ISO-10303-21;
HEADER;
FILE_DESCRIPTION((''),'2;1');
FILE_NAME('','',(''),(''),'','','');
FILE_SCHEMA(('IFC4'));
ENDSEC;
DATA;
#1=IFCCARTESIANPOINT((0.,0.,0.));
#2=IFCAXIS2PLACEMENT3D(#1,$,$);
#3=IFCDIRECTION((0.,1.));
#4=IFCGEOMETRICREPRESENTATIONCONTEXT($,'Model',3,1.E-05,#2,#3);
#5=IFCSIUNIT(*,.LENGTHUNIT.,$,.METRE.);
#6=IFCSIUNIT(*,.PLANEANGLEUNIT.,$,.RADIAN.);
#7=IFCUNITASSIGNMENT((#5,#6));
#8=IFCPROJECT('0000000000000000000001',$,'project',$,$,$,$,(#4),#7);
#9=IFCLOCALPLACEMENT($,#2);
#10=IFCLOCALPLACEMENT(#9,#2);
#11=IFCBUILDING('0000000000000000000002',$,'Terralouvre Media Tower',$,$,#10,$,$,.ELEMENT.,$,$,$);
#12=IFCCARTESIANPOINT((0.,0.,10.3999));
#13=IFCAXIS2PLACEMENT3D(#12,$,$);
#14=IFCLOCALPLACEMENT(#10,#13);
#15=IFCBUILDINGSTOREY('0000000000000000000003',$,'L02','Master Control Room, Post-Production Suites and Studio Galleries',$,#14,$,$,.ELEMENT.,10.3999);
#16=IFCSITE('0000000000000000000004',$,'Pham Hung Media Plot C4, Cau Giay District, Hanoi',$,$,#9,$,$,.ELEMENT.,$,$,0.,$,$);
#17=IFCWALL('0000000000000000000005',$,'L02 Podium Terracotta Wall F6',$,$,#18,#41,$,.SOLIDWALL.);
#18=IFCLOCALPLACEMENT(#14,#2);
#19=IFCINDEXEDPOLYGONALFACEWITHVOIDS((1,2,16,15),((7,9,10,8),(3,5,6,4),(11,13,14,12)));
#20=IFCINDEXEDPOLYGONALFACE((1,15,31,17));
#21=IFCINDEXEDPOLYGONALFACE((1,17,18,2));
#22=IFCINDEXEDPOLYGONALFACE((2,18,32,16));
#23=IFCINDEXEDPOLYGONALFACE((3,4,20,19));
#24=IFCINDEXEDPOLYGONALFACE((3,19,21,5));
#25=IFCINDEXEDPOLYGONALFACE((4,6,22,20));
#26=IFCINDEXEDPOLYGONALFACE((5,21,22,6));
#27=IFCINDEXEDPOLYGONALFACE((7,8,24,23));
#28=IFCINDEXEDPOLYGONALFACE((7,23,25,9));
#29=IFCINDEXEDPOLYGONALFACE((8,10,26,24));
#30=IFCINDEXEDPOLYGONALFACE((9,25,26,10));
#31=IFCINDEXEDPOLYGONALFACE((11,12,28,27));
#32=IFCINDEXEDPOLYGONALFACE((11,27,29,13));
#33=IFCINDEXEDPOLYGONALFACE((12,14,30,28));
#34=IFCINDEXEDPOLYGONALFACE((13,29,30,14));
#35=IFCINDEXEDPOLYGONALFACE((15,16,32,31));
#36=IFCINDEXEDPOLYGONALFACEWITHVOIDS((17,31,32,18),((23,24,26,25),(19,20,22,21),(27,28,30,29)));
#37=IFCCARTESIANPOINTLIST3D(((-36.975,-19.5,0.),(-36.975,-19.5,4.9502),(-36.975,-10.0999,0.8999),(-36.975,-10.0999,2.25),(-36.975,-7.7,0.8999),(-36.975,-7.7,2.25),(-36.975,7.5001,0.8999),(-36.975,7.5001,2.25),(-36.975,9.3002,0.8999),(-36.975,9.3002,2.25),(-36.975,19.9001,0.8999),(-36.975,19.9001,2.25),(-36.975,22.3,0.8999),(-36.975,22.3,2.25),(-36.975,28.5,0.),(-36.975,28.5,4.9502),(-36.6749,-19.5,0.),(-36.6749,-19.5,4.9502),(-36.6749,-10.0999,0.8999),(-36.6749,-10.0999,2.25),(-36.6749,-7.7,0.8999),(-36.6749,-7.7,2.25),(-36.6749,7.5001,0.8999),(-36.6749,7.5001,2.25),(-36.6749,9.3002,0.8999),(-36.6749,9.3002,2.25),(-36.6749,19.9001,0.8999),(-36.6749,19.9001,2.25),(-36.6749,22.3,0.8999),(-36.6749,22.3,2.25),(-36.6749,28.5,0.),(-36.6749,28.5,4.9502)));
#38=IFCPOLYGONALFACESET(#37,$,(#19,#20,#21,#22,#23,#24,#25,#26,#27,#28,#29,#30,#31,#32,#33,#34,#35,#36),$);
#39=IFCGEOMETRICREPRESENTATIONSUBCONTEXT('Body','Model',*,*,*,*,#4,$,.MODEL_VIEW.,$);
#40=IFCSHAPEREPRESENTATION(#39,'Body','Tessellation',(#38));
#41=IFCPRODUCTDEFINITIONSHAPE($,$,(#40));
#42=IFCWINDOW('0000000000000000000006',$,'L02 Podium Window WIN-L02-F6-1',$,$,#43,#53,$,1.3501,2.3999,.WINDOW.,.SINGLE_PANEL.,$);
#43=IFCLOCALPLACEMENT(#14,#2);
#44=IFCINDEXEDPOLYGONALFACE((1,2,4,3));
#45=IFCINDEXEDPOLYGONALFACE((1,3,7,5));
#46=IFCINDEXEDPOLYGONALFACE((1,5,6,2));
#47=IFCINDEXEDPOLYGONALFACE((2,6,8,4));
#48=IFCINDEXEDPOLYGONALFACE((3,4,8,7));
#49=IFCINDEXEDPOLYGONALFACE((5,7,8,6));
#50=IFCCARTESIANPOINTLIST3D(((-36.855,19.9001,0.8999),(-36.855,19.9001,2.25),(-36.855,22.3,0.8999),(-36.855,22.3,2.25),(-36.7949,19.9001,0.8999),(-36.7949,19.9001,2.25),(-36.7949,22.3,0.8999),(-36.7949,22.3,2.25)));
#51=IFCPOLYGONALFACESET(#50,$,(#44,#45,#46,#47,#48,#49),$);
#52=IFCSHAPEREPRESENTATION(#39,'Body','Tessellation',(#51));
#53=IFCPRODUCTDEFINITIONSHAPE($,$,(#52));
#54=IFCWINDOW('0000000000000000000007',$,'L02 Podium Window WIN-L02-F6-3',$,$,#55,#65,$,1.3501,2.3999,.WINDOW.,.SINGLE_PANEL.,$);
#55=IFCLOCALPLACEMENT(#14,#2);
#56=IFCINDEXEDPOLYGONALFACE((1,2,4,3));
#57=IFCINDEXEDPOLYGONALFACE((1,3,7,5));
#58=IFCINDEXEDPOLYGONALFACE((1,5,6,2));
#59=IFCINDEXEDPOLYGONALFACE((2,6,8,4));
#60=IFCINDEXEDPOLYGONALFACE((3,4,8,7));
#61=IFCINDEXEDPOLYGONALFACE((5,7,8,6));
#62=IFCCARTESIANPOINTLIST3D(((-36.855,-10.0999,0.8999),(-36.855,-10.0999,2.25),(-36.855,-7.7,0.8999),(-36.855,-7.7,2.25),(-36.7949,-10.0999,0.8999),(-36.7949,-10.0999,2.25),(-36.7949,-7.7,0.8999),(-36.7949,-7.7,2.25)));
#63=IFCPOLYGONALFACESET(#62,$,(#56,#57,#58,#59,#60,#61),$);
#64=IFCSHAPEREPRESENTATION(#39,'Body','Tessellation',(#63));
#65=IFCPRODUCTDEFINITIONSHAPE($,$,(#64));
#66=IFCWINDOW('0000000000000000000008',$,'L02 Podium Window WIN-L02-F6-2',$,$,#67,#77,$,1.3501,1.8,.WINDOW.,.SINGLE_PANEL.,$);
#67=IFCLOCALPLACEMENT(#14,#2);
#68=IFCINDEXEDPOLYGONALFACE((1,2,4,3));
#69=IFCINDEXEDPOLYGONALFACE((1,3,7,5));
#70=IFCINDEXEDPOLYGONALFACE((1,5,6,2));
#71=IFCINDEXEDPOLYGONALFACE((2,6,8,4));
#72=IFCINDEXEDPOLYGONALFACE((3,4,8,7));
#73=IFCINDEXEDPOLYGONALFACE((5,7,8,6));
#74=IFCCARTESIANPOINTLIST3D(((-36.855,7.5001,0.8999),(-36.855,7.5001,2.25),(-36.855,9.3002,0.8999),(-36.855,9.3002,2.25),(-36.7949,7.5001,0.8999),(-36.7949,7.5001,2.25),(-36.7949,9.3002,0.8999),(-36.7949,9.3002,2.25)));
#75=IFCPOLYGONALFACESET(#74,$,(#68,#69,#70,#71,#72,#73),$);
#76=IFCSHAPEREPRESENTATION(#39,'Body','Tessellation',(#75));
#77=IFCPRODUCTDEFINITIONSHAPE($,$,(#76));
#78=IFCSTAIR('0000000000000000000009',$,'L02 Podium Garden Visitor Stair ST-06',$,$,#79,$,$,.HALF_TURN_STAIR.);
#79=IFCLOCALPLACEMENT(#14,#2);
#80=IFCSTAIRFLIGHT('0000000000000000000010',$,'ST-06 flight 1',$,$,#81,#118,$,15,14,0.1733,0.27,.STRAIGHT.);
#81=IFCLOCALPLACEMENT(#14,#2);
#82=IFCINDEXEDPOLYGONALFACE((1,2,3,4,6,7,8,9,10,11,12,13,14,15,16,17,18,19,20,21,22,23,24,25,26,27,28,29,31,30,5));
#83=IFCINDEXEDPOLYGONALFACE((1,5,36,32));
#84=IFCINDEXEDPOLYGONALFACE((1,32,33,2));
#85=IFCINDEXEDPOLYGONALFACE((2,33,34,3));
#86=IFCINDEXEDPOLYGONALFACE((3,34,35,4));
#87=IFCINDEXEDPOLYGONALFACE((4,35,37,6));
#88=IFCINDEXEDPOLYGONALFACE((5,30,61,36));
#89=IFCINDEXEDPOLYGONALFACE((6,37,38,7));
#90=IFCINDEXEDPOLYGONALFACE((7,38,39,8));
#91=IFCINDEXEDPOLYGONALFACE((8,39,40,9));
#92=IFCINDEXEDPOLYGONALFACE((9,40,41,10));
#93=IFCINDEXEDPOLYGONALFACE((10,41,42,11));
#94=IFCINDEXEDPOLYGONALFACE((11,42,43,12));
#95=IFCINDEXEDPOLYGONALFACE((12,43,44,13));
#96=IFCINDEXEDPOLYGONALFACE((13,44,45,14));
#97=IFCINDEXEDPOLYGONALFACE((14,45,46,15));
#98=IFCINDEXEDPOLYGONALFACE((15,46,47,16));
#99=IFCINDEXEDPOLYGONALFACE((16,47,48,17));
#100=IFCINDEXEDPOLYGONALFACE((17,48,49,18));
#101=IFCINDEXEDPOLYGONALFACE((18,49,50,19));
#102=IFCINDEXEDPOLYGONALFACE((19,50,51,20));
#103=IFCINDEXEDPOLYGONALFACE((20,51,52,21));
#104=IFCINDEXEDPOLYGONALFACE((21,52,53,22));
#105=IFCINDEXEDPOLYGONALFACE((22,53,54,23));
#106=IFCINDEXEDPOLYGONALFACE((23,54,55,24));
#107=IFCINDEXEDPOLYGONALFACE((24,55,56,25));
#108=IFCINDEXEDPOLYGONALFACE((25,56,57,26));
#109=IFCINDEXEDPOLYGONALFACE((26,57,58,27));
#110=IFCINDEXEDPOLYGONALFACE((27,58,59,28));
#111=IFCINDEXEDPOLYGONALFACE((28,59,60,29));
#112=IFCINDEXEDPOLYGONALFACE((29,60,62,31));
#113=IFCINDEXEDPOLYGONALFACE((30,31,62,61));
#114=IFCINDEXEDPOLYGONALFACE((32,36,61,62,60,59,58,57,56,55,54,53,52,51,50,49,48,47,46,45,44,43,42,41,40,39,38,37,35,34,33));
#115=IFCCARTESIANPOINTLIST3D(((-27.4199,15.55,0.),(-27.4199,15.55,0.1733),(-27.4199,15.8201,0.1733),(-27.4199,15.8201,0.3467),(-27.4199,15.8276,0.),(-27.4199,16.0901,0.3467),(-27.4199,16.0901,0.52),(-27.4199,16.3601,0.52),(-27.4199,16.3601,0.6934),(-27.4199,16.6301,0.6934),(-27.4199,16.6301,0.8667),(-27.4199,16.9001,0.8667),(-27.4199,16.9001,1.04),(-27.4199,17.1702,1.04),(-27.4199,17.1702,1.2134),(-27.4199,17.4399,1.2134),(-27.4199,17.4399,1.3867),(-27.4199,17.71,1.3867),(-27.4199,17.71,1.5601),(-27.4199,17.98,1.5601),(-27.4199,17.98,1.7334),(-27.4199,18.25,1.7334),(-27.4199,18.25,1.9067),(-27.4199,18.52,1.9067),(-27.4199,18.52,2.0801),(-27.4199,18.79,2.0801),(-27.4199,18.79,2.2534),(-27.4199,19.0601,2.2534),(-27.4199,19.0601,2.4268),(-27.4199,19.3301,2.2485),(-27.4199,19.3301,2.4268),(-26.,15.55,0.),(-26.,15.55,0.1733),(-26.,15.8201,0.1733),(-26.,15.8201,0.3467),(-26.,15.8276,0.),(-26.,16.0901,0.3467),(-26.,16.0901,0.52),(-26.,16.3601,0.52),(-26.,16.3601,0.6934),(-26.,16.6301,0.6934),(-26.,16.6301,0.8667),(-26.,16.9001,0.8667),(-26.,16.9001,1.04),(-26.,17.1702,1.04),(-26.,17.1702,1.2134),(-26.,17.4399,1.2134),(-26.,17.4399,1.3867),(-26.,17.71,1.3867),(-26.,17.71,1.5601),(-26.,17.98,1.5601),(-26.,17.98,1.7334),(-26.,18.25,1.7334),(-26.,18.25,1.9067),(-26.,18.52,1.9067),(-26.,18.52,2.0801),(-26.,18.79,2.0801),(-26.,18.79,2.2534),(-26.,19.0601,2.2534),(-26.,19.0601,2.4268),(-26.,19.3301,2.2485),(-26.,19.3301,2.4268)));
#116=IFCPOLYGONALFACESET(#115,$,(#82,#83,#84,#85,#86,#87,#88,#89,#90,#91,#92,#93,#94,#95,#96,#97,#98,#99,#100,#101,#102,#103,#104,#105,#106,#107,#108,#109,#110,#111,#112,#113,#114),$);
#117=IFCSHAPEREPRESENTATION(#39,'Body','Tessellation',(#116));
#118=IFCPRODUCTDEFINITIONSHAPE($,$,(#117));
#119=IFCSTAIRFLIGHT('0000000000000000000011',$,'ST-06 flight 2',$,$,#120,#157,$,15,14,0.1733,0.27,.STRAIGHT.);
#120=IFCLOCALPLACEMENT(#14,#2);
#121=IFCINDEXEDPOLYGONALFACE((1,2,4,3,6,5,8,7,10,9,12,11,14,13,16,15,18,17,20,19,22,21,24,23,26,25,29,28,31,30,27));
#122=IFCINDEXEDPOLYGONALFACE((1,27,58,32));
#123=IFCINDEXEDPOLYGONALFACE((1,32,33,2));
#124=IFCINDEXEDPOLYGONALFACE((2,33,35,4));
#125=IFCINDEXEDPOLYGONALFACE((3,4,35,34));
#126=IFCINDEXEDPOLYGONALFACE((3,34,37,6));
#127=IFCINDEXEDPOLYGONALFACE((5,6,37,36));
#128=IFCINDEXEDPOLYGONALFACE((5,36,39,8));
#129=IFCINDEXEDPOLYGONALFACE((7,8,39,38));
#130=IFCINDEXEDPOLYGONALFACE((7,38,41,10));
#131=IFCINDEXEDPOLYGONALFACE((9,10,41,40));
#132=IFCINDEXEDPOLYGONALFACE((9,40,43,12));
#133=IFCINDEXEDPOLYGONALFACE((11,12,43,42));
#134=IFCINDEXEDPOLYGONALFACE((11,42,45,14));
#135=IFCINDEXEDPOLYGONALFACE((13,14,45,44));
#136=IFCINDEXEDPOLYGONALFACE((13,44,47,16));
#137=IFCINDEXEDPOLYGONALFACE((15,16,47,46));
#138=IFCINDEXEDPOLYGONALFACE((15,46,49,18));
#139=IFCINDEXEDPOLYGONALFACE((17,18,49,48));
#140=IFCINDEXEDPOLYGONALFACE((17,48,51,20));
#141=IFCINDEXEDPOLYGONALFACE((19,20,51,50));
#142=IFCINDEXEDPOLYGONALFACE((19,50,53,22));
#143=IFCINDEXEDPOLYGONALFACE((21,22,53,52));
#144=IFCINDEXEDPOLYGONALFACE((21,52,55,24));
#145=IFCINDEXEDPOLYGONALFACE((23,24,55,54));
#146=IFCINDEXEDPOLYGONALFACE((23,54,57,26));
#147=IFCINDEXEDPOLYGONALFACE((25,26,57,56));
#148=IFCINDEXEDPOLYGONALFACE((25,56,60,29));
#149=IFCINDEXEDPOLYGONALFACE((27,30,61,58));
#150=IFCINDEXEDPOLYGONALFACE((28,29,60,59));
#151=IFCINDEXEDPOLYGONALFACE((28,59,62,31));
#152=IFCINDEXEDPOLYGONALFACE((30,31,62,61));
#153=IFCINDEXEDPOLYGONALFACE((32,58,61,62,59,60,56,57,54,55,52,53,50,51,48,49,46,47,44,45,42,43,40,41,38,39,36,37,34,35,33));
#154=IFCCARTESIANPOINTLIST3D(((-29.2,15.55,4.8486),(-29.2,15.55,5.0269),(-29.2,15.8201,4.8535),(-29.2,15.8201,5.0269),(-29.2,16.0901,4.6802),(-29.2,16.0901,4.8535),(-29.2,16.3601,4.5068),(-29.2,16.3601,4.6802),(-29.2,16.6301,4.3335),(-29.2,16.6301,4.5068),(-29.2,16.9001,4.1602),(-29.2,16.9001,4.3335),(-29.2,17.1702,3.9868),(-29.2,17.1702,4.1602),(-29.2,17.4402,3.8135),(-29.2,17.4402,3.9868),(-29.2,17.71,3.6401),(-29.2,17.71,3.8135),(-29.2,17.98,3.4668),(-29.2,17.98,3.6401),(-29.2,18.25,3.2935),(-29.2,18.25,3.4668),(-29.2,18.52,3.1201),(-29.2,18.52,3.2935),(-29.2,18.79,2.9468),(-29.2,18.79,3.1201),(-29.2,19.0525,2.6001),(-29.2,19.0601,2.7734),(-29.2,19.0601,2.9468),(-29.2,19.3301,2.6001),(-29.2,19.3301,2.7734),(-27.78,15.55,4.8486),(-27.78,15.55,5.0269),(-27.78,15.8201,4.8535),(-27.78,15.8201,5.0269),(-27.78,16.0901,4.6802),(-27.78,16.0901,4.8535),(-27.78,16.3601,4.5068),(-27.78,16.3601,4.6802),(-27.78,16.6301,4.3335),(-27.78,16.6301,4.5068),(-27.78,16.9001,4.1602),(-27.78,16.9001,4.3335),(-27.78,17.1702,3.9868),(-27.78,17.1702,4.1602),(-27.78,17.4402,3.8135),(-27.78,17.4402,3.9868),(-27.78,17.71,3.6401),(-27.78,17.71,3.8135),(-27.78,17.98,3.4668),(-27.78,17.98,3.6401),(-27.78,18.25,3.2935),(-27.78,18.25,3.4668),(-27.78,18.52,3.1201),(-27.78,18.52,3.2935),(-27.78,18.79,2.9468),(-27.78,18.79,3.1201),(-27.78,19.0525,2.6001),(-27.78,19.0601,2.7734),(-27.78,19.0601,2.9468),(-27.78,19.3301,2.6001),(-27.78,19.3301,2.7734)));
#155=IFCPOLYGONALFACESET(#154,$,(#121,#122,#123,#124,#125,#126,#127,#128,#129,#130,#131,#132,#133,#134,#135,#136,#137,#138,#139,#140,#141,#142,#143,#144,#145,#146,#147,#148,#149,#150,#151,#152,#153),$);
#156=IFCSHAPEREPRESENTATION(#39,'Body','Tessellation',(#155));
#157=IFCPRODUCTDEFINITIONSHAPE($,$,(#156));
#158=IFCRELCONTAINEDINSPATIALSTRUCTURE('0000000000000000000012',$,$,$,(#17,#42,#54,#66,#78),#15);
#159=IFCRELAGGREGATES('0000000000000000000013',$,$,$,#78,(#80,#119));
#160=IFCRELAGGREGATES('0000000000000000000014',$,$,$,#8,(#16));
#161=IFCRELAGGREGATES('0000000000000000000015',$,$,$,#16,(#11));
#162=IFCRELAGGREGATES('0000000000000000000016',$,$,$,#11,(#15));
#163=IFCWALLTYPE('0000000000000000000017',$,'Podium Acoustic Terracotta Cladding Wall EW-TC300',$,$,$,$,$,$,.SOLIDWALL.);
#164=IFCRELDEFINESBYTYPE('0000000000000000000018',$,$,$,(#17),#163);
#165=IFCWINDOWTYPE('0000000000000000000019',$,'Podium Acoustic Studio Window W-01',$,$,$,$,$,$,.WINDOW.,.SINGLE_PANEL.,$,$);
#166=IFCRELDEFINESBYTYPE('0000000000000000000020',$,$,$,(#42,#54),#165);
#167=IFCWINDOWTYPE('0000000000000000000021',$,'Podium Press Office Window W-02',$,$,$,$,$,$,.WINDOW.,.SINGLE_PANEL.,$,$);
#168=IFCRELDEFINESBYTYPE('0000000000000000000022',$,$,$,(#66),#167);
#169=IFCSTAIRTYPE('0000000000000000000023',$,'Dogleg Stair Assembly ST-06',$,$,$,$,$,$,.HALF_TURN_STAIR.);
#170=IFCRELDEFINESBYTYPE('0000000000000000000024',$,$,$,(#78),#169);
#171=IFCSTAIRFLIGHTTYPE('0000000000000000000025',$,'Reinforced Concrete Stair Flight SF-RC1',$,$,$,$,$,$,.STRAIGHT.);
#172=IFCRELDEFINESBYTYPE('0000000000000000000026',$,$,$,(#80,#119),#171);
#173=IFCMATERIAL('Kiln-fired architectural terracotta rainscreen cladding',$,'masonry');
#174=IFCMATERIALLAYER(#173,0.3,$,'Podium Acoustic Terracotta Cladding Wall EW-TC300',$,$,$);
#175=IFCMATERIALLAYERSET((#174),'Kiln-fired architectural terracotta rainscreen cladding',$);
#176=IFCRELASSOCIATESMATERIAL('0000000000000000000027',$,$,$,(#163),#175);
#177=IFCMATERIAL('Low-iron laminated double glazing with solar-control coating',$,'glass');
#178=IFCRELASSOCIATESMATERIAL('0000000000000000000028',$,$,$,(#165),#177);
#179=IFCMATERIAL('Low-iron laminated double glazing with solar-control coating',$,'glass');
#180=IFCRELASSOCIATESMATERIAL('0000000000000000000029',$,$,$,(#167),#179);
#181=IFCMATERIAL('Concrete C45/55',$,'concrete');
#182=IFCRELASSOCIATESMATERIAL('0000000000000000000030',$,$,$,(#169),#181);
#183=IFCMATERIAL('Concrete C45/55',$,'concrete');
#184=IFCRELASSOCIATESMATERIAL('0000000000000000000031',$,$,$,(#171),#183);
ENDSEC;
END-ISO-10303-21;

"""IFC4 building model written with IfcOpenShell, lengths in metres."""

from ifc_helpers import new_model, si_unit, direction, frame, frame_2d, origin, place, context, subcontext, project, spatial, polyline, rectangle, outline, extrude, material, layer, layer_set, type_object, element, fill, aggregate, save


model = new_model("IFC4")

# Units and contexts
model_context = context("Model", 3, precision=1e-05, world=origin(), true_north=direction((0.0, 1.0)))
body_context = subcontext(model_context, "Body", "Model", "MODEL_VIEW")
ifc_project = project(units=[si_unit("LENGTHUNIT", "METRE"), si_unit("PLANEANGLEUNIT", "RADIAN")], contexts=[model_context])

# Site, building, storey
site_placement = place(None, origin())
site = spatial("IfcSite", under=ifc_project, at=site_placement, Name="Pham Hung Media Plot C4, Cau Giay District, Hanoi", CompositionType="ELEMENT", RefElevation=0.0)
building_placement = place(site_placement, origin())
building = spatial("IfcBuilding", under=site, at=building_placement, Name="Terralouvre Media Tower", CompositionType="ELEMENT")
storey_placement = place(building_placement, frame((0.0, 0.0, 10.3999)))
storey = spatial("IfcBuildingStorey", under=building, at=storey_placement, Name="L02", Description="Master Control Room, Post-Production Suites and Studio Galleries", CompositionType="ELEMENT", Elevation=10.3999)

# Shared definitions
ifc_material_1 = material(Name="Kiln-fired architectural terracotta rainscreen cladding", Category="masonry")
ifc_layer_1 = layer(ifc_material_1, 0.3, Name="Podium Acoustic Terracotta Cladding Wall EW-TC300")
ifc_layer_set_1 = layer_set([ifc_layer_1], Name="Kiln-fired architectural terracotta rainscreen cladding")
wall_type_1 = type_object("IfcWallType", Name="Podium Acoustic Terracotta Cladding Wall EW-TC300", PredefinedType="SOLIDWALL", material=ifc_layer_set_1)

# Wall, openings, windows
wall_1_placement = place(storey_placement, frame((-36.825, 28.5, 0.0), z_axis=(0.0, 0.0, 1.0), x_axis=(0.0, -1.0, 0.0)))
wall_1 = element("IfcWall", 1, at=wall_1_placement, inside=storey, type_object=wall_type_1, Name="L02 Podium Terracotta Wall F6", PredefinedType="SOLIDWALL", context=body_context, shape_type="SweptSolid", body=[
    extrude(rectangle(XDim=48.0, YDim=0.3, at=frame_2d((24.0, 0.0))), origin(), (0.0, 0.0, 1.0), 4.9502),
])
opening_1_placement = place(wall_1_placement, frame((6.2, 0.0, 0.8999)))
opening_1 = element("IfcOpeningElement", 2, at=opening_1_placement, cuts=wall_1, PredefinedType="OPENING", context=body_context, shape_type="SweptSolid", body=[
    extrude(rectangle(XDim=2.3999, YDim=1.3501, at=frame_2d((1.2, 0.675))), frame((0.0, 0.1599, 0.0), z_axis=(0.0, -1.0, 0.0), x_axis=(1.0, 0.0, 0.0)), (0.0, 0.0, 1.0), 0.3201),
])
opening_2_placement = place(wall_1_placement, frame((19.2, 0.0, 0.8999)))
opening_2 = element("IfcOpeningElement", 3, at=opening_2_placement, cuts=wall_1, PredefinedType="OPENING", context=body_context, shape_type="SweptSolid", body=[
    extrude(rectangle(XDim=1.8, YDim=1.3501, at=frame_2d((0.8999, 0.675))), frame((0.0, 0.1599, 0.0), z_axis=(0.0, -1.0, 0.0), x_axis=(1.0, 0.0, 0.0)), (0.0, 0.0, 1.0), 0.3201),
])
opening_3_placement = place(wall_1_placement, frame((36.2, 0.0, 0.8999)))
opening_3 = element("IfcOpeningElement", 4, at=opening_3_placement, cuts=wall_1, PredefinedType="OPENING", context=body_context, shape_type="SweptSolid", body=[
    extrude(rectangle(XDim=2.3999, YDim=1.3501, at=frame_2d((1.2, 0.675))), frame((0.0, 0.1599, 0.0), z_axis=(0.0, -1.0, 0.0), x_axis=(1.0, 0.0, 0.0)), (0.0, 0.0, 1.0), 0.3201),
])
ifc_material_2 = material(Name="Low-iron laminated double glazing with solar-control coating", Category="glass")
window_type_1 = type_object("IfcWindowType", Name="Podium Acoustic Studio Window W-01", PartitioningType="SINGLE_PANEL", PredefinedType="WINDOW", material=ifc_material_2)
window_1_placement = place(opening_1_placement, origin())
window_1 = element("IfcWindow", 5, at=window_1_placement, inside=storey, type_object=window_type_1, Name="L02 Podium Window WIN-L02-F6-1", OverallHeight=1.3501, OverallWidth=2.3999, PartitioningType="SINGLE_PANEL", PredefinedType="WINDOW", context=body_context, shape_type="SweptSolid", body=[
    extrude(rectangle(XDim=2.3999, YDim=1.3501, at=frame_2d((1.2, 0.675))), frame((0.0, 0.03, 0.0), z_axis=(0.0, -1.0, 0.0), x_axis=(1.0, 0.0, 0.0)), (0.0, 0.0, 1.0), 0.0601),
])
fill(opening_1, window_1)
window_2_placement = place(opening_3_placement, origin())
window_2 = element("IfcWindow", 6, at=window_2_placement, inside=storey, type_object=window_type_1, Name="L02 Podium Window WIN-L02-F6-3", OverallHeight=1.3501, OverallWidth=2.3999, PartitioningType="SINGLE_PANEL", PredefinedType="WINDOW", context=body_context, shape_type="SweptSolid", body=[
    extrude(rectangle(XDim=2.3999, YDim=1.3501, at=frame_2d((1.2, 0.675))), frame((0.0, 0.03, 0.0), z_axis=(0.0, -1.0, 0.0), x_axis=(1.0, 0.0, 0.0)), (0.0, 0.0, 1.0), 0.0601),
])
fill(opening_3, window_2)
ifc_material_3 = material(Name="Low-iron laminated double glazing with solar-control coating", Category="glass")
window_type_2 = type_object("IfcWindowType", Name="Podium Press Office Window W-02", PartitioningType="SINGLE_PANEL", PredefinedType="WINDOW", material=ifc_material_3)
window_3_placement = place(opening_2_placement, origin())
window_3 = element("IfcWindow", 7, at=window_3_placement, inside=storey, type_object=window_type_2, Name="L02 Podium Window WIN-L02-F6-2", OverallHeight=1.3501, OverallWidth=1.8, PartitioningType="SINGLE_PANEL", PredefinedType="WINDOW", context=body_context, shape_type="SweptSolid", body=[
    extrude(rectangle(XDim=1.8, YDim=1.3501, at=frame_2d((0.8999, 0.675))), frame((0.0, 0.03, 0.0), z_axis=(0.0, -1.0, 0.0), x_axis=(1.0, 0.0, 0.0)), (0.0, 0.0, 1.0), 0.0601),
])
fill(opening_2, window_3)

# Stair, stair flights
ifc_material_4 = material(Name="Concrete C45/55", Category="concrete")
stair_type = type_object("IfcStairType", Name="Dogleg Stair Assembly ST-06", PredefinedType="HALF_TURN_STAIR", material=ifc_material_4)
stair_placement = place(storey_placement, origin())
stair = element("IfcStair", 8, at=stair_placement, inside=storey, type_object=stair_type, Name="L02 Podium Garden Visitor Stair ST-06", PredefinedType="HALF_TURN_STAIR")
ifc_material_5 = material(Name="Concrete C45/55", Category="concrete")
stair_flight_type = type_object("IfcStairFlightType", Name="Reinforced Concrete Stair Flight SF-RC1", PredefinedType="STRAIGHT", material=ifc_material_5)
stair_flight_1_placement = place(storey_placement, frame((-26.71, 15.55, 0.0), z_axis=(0.0, 0.0, 1.0), x_axis=(0.0, 1.0, 0.0)))
stair_flight_1 = element("IfcStairFlight", 9, at=stair_flight_1_placement, type_object=stair_flight_type, Name="ST-06 flight 1", NumberOfRisers=15, NumberOfTreads=14, PredefinedType="STRAIGHT", RiserHeight=0.1733, TreadLength=0.27, context=body_context, shape_type="SweptSolid", body=[
    extrude(outline(polyline([(0.0, 0.0), (0.0, 0.1733), (0.27, 0.1733), (0.27, 0.3467), (0.54, 0.3467), (0.54, 0.52), (0.8101, 0.52), (0.8101, 0.6934), (1.0801, 0.6934), (1.0801, 0.8667), (1.3501, 0.8667), (1.3501, 1.04), (1.6201, 1.04), (1.6201, 1.2134), (1.8899, 1.2134), (1.8899, 1.3867), (2.1599, 1.3867), (2.1599, 1.5601), (2.4299, 1.5601), (2.4299, 1.7334), (2.7, 1.7334), (2.7, 1.9067), (2.97, 1.9067), (2.97, 2.0801), (3.24, 2.0801), (3.24, 2.2534), (3.51, 2.2534), (3.51, 2.4268), (3.78, 2.4268), (3.78, 2.6001), (3.78, 2.2485), (0.2776, 0.0), (0.0, 0.0)])), frame((0.0, 0.71, 0.0), z_axis=(0.0, -1.0, 0.0), x_axis=(1.0, 0.0, 0.0)), (0.0, 0.0, 1.0), 1.4199),
])
stair_flight_2_placement = place(storey_placement, frame((-28.49, 19.3301, 2.6001), z_axis=(0.0, 0.0, 1.0), x_axis=(0.0, -1.0, 0.0)))
stair_flight_2 = element("IfcStairFlight", 10, at=stair_flight_2_placement, type_object=stair_flight_type, Name="ST-06 flight 2", NumberOfRisers=15, NumberOfTreads=14, PredefinedType="STRAIGHT", RiserHeight=0.1733, TreadLength=0.27, context=body_context, shape_type="SweptSolid", body=[
    extrude(outline(polyline([(0.0, 0.0), (0.0, 0.1733), (0.27, 0.1733), (0.27, 0.3467), (0.54, 0.3467), (0.54, 0.52), (0.8101, 0.52), (0.8101, 0.6934), (1.0801, 0.6934), (1.0801, 0.8667), (1.3501, 0.8667), (1.3501, 1.04), (1.6201, 1.04), (1.6201, 1.2134), (1.8899, 1.2134), (1.8899, 1.3867), (2.1599, 1.3867), (2.1599, 1.5601), (2.4299, 1.5601), (2.4299, 1.7334), (2.7, 1.7334), (2.7, 1.9067), (2.97, 1.9067), (2.97, 2.0801), (3.24, 2.0801), (3.24, 2.2534), (3.51, 2.2534), (3.51, 2.4268), (3.78, 2.4268), (3.78, 2.6001), (3.78, 2.2485), (0.2776, 0.0), (0.0, 0.0)])), frame((0.0, 0.71, 0.0), z_axis=(0.0, -1.0, 0.0), x_axis=(1.0, 0.0, 0.0)), (0.0, 0.0, 1.0), 1.4199),
])
aggregate(stair, [stair_flight_1, stair_flight_2])

save(model, "model.ifc")
